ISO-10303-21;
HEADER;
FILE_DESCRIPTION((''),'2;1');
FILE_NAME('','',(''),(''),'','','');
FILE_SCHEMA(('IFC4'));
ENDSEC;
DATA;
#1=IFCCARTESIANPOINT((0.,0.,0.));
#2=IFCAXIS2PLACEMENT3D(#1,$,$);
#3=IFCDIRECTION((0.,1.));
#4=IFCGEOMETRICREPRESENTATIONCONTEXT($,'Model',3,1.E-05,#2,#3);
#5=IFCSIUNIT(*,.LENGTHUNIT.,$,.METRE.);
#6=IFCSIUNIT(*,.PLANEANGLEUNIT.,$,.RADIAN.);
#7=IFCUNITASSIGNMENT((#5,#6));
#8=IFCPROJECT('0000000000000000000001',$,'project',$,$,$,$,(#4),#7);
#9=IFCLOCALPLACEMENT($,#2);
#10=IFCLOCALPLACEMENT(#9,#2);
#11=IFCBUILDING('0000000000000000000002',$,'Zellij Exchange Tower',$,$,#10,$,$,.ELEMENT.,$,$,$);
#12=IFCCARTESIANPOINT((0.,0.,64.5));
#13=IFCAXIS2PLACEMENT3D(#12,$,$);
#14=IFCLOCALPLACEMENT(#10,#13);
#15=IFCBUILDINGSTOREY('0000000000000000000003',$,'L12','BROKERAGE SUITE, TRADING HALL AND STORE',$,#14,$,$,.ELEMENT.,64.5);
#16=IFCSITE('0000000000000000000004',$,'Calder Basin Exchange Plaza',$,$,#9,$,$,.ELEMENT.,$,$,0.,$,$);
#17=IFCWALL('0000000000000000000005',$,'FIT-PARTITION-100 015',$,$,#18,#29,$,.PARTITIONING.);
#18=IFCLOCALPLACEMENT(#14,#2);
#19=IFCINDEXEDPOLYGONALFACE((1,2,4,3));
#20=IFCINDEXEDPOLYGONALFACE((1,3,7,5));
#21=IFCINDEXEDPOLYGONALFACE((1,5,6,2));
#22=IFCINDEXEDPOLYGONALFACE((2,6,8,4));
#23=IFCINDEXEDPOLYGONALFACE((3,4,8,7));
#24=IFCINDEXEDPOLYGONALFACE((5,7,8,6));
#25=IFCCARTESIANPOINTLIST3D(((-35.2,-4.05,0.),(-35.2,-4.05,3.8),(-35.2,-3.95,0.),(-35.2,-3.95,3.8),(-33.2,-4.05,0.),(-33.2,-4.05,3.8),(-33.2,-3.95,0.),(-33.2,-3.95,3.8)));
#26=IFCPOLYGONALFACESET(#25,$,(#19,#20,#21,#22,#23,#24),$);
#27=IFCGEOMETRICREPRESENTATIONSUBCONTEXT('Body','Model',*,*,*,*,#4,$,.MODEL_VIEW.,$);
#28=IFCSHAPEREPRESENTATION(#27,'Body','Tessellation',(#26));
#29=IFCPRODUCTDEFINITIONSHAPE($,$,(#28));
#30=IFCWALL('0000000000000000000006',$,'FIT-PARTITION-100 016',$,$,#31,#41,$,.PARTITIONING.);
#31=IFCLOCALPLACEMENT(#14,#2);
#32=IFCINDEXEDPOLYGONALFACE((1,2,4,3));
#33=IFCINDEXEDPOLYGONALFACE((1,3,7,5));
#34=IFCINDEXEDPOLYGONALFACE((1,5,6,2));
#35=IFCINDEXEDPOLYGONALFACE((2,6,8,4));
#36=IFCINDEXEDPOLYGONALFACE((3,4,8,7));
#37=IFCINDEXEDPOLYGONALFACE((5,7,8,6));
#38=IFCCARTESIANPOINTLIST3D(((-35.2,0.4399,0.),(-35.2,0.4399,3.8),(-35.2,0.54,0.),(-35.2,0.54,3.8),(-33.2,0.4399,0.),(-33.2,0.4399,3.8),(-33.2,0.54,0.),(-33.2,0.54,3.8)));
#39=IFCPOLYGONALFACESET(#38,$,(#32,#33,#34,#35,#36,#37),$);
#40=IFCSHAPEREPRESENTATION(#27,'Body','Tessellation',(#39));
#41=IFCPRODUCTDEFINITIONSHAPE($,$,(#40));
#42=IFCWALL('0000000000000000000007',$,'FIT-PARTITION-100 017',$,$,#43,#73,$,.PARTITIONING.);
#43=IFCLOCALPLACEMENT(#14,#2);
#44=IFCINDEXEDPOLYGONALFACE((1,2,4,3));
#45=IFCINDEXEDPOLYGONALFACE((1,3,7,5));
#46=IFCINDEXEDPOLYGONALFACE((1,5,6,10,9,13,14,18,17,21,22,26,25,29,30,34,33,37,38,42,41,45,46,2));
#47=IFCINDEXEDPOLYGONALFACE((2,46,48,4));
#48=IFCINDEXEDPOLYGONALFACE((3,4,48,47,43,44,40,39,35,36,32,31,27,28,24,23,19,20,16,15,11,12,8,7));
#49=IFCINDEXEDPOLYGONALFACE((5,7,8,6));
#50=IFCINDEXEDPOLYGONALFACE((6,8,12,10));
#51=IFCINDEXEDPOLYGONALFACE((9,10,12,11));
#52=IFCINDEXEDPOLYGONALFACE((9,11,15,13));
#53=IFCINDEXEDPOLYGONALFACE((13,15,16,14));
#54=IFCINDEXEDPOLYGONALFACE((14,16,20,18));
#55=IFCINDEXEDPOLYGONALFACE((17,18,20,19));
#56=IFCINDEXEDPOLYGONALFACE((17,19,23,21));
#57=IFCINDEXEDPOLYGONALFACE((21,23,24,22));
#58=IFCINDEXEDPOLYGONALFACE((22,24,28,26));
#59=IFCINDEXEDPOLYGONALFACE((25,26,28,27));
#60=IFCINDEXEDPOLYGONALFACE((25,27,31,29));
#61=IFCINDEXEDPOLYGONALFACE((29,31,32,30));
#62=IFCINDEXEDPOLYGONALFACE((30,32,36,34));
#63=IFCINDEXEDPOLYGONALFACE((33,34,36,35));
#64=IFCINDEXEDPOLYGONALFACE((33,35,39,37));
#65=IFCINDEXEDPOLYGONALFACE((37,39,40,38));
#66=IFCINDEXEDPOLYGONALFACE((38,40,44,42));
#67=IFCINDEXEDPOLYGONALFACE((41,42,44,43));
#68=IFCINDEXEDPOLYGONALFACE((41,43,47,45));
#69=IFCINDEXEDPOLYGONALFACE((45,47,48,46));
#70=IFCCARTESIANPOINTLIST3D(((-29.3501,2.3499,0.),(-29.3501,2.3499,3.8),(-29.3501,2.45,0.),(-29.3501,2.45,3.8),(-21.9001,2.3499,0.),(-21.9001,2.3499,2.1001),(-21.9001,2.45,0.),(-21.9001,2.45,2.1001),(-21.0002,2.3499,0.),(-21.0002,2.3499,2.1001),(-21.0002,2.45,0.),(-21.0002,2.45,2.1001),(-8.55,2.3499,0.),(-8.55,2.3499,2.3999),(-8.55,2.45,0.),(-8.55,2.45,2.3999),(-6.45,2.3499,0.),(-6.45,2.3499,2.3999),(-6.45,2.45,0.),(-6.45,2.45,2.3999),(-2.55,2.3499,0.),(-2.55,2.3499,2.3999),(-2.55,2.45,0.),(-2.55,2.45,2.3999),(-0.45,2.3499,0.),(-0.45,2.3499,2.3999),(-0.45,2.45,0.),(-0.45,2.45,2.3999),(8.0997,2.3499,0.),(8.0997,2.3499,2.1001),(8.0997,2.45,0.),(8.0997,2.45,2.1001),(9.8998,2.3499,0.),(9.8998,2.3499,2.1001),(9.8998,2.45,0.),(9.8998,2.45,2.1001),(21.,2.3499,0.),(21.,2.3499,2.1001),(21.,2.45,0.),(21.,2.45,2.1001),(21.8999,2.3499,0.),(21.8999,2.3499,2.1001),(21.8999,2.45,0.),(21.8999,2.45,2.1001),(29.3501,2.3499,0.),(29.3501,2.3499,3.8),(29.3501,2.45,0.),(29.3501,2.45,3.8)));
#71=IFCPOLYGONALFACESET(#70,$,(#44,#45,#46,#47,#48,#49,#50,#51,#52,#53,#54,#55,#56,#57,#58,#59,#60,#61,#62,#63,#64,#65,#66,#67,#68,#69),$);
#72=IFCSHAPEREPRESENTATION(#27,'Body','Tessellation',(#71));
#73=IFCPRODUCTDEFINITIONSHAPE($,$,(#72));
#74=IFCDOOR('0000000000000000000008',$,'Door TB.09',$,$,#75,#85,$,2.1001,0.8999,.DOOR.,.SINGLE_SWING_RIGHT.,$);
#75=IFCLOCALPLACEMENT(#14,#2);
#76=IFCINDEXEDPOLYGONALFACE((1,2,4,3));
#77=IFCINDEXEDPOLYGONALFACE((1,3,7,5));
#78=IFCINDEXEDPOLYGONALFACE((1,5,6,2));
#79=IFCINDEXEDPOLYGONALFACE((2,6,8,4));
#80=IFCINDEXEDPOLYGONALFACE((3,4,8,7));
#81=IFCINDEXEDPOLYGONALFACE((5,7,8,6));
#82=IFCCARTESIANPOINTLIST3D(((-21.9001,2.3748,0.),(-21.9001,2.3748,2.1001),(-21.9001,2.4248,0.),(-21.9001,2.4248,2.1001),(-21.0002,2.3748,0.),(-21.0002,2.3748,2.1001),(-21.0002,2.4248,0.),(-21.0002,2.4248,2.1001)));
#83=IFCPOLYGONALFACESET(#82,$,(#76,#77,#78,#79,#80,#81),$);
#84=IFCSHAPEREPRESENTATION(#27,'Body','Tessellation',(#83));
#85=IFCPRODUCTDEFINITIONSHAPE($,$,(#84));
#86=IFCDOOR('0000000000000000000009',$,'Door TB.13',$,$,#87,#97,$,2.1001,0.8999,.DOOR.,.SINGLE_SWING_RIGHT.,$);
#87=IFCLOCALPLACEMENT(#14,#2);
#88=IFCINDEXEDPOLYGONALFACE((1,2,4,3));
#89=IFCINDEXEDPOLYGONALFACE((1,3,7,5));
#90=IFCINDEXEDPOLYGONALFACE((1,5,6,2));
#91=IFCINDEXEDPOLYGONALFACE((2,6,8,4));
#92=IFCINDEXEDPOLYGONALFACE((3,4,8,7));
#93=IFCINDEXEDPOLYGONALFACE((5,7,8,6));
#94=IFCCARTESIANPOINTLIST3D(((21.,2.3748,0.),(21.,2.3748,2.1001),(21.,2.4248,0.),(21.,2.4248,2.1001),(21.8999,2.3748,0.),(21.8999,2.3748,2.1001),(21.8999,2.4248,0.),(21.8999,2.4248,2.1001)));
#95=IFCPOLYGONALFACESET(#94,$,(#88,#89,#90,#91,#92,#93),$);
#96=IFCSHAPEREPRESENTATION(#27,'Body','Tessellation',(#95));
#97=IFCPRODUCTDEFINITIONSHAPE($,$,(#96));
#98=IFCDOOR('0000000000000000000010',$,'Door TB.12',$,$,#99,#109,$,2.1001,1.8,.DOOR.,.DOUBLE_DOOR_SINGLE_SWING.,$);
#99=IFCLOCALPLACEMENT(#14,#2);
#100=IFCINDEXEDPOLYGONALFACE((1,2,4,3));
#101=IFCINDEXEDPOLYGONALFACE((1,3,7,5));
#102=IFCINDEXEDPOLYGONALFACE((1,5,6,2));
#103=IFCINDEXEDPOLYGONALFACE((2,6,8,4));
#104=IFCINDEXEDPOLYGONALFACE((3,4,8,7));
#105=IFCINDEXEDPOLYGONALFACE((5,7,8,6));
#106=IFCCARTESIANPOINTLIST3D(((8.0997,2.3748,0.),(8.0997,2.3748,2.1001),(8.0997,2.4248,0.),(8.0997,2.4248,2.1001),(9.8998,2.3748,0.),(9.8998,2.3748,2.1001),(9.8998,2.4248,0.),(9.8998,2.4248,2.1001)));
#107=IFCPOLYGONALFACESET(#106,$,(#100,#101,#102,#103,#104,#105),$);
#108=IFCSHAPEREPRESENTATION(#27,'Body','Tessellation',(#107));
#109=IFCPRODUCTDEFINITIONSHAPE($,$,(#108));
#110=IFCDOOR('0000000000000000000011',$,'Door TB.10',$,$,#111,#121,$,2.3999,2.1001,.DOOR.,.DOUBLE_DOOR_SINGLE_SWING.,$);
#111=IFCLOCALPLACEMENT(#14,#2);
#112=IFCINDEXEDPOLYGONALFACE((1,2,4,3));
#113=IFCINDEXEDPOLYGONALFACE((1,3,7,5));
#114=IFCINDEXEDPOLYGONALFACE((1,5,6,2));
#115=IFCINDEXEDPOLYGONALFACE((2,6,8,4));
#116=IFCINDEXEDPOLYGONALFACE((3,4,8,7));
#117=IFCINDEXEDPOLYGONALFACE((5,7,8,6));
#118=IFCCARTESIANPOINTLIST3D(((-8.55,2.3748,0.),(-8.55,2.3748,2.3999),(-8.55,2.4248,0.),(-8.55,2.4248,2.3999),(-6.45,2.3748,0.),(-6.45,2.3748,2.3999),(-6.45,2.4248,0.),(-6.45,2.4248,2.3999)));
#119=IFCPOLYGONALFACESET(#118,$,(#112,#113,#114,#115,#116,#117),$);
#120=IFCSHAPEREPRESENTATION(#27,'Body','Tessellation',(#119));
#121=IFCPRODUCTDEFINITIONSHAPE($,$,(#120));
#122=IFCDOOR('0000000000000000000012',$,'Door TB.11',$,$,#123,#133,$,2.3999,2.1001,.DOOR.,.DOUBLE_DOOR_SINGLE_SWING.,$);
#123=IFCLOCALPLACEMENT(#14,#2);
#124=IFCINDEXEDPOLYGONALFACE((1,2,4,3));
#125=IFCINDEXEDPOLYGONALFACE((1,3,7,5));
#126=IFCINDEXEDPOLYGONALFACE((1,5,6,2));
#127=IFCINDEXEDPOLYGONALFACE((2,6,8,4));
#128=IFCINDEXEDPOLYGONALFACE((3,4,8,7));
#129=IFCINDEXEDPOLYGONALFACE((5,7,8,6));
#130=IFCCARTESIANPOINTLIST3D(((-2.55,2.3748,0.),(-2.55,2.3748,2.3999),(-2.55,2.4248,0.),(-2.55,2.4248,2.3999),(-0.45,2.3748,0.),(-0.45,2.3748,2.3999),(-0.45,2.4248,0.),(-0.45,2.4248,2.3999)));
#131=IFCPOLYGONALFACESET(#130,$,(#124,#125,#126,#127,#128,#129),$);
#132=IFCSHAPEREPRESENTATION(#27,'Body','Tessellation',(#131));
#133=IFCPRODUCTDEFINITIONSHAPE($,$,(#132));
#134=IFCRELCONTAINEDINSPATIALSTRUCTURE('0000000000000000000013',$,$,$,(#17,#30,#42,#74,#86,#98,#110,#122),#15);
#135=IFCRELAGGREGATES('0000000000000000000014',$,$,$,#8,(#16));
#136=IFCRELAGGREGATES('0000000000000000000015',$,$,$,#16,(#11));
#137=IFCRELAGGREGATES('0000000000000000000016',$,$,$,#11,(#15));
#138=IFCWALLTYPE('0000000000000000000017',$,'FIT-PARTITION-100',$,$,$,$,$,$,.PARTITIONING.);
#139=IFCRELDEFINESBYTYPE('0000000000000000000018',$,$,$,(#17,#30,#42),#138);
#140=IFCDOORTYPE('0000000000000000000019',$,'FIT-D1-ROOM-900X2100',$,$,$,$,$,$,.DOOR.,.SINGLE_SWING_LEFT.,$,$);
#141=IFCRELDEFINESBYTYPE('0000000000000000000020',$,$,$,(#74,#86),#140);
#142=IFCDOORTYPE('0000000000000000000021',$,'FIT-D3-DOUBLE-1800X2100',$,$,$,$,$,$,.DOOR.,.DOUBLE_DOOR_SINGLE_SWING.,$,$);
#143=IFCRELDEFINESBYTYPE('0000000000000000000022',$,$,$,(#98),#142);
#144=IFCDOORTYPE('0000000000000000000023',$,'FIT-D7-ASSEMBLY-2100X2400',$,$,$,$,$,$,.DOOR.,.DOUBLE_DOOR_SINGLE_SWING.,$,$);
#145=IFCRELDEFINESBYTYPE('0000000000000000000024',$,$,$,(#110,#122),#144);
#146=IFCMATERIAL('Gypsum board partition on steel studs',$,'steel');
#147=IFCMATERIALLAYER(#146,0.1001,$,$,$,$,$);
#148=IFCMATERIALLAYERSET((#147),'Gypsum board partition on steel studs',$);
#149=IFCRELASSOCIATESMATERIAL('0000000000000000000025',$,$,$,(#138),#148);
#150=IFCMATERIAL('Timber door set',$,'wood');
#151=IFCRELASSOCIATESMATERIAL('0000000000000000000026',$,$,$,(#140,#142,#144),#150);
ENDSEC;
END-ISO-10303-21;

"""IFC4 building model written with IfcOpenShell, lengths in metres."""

from ifc_helpers import new_model, si_unit, direction, frame, frame_2d, origin, place, context, subcontext, project, spatial, rectangle, extrude, material, layer, layer_set, type_object, element, fill, save


model = new_model("IFC4")

# Units and contexts
model_context = context("Model", 3, precision=1e-05, world=origin(), true_north=direction((0.0, 1.0)))
body_context = subcontext(model_context, "Body", "Model", "MODEL_VIEW")
ifc_project = project(units=[si_unit("LENGTHUNIT", "METRE"), si_unit("PLANEANGLEUNIT", "RADIAN")], contexts=[model_context])

# Site, building, storey
site_placement = place(None, origin())
site = spatial("IfcSite", under=ifc_project, at=site_placement, Name="Calder Basin Exchange Plaza", CompositionType="ELEMENT", RefElevation=0.0)
building_placement = place(site_placement, origin())
building = spatial("IfcBuilding", under=site, at=building_placement, Name="Zellij Exchange Tower", CompositionType="ELEMENT")
storey_placement = place(building_placement, frame((0.0, 0.0, 64.5)))
storey = spatial("IfcBuildingStorey", under=building, at=storey_placement, Name="L12", Description="BROKERAGE SUITE, TRADING HALL AND STORE", CompositionType="ELEMENT", Elevation=64.5)

# Walls
ifc_material_1 = material(Name="Gypsum board partition on steel studs", Category="steel")
ifc_layer_1 = layer(ifc_material_1, 0.1001)
ifc_layer_set_1 = layer_set([ifc_layer_1], Name="Gypsum board partition on steel studs")
wall_type_1 = type_object("IfcWallType", Name="FIT-PARTITION-100", PredefinedType="PARTITIONING", material=ifc_layer_set_1)
for number, where, z_axis, x_axis, name in (
    (1, (-35.2, -4.0, 0.0), (0.0, 0.0, 1.0), (1.0, 0.0, 0.0), "FIT-PARTITION-100 015"),
    (2, (-35.2, 0.49, 0.0), (0.0, 0.0, 1.0), (1.0, 0.0, 0.0), "FIT-PARTITION-100 016"),
):
    element("IfcWall", number, at=place(storey_placement, frame(where, z_axis=z_axis, x_axis=x_axis)), inside=storey, type_object=wall_type_1, Name=name, PredefinedType="PARTITIONING", context=body_context, shape_type="SweptSolid", body=[
        extrude(rectangle(XDim=2.0, YDim=0.1001, at=frame_2d((1.0, 0.0))), origin(), (0.0, 0.0, 1.0), 3.8),
    ])

# Wall, openings, doors
wall_1_placement = place(storey_placement, frame((-29.3501, 2.3999, 0.0), z_axis=(0.0, 0.0, 1.0), x_axis=(1.0, 0.0, 0.0)))
wall_1 = element("IfcWall", 3, at=wall_1_placement, inside=storey, type_object=wall_type_1, Name="FIT-PARTITION-100 017", PredefinedType="PARTITIONING", context=body_context, shape_type="SweptSolid", body=[
    extrude(rectangle(XDim=58.7002, YDim=0.1001, at=frame_2d((29.3501, 0.0))), origin(), (0.0, 0.0, 1.0), 3.8),
])
opening_1_placement = place(wall_1_placement, frame((7.45, 0.0, 0.0)))
opening_1 = element("IfcOpeningElement", 4, at=opening_1_placement, cuts=wall_1, PredefinedType="OPENING", context=body_context, shape_type="SweptSolid", body=[
    extrude(rectangle(XDim=0.8999, YDim=2.1001, at=frame_2d((0.45, 1.05))), frame((0.0, 0.062, 0.0), z_axis=(0.0, -1.0, 0.0), x_axis=(1.0, 0.0, 0.0)), (0.0, 0.0, 1.0), 0.124),
])
opening_2_placement = place(wall_1_placement, frame((20.8, 0.0, 0.0)))
opening_2 = element("IfcOpeningElement", 5, at=opening_2_placement, cuts=wall_1, PredefinedType="OPENING", context=body_context, shape_type="SweptSolid", body=[
    extrude(rectangle(XDim=2.1001, YDim=2.3999, at=frame_2d((1.05, 1.2))), frame((0.0, 0.062, 0.0), z_axis=(0.0, -1.0, 0.0), x_axis=(1.0, 0.0, 0.0)), (0.0, 0.0, 1.0), 0.124),
])
opening_3_placement = place(wall_1_placement, frame((26.8, 0.0, 0.0)))
opening_3 = element("IfcOpeningElement", 6, at=opening_3_placement, cuts=wall_1, PredefinedType="OPENING", context=body_context, shape_type="SweptSolid", body=[
    extrude(rectangle(XDim=2.1001, YDim=2.3999, at=frame_2d((1.05, 1.2))), frame((0.0, 0.062, 0.0), z_axis=(0.0, -1.0, 0.0), x_axis=(1.0, 0.0, 0.0)), (0.0, 0.0, 1.0), 0.124),
])
opening_4_placement = place(wall_1_placement, frame((37.45, 0.0, 0.0)))
opening_4 = element("IfcOpeningElement", 7, at=opening_4_placement, cuts=wall_1, PredefinedType="OPENING", context=body_context, shape_type="SweptSolid", body=[
    extrude(rectangle(XDim=1.8, YDim=2.1001, at=frame_2d((0.8999, 1.05))), frame((0.0, 0.062, 0.0), z_axis=(0.0, -1.0, 0.0), x_axis=(1.0, 0.0, 0.0)), (0.0, 0.0, 1.0), 0.124),
])
opening_5_placement = place(wall_1_placement, frame((50.3501, 0.0, 0.0)))
opening_5 = element("IfcOpeningElement", 8, at=opening_5_placement, cuts=wall_1, PredefinedType="OPENING", context=body_context, shape_type="SweptSolid", body=[
    extrude(rectangle(XDim=0.8999, YDim=2.1001, at=frame_2d((0.45, 1.05))), frame((0.0, 0.062, 0.0), z_axis=(0.0, -1.0, 0.0), x_axis=(1.0, 0.0, 0.0)), (0.0, 0.0, 1.0), 0.124),
])
ifc_material_2 = material(Name="Timber door set", Category="wood")
door_type_1 = type_object("IfcDoorType", Name="FIT-D1-ROOM-900X2100", OperationType="SINGLE_SWING_LEFT", PredefinedType="DOOR", material=ifc_material_2)
door_1_placement = place(opening_1_placement, origin())
door_1 = element("IfcDoor", 9, at=door_1_placement, inside=storey, type_object=door_type_1, Name="Door TB.09", OperationType="SINGLE_SWING_RIGHT", OverallHeight=2.1001, OverallWidth=0.8999, PredefinedType="DOOR", context=body_context, shape_type="SweptSolid", body=[
    extrude(rectangle(XDim=0.8999, YDim=2.1001, at=frame_2d((0.45, 1.05))), frame((0.0, 0.0249, 0.0), z_axis=(0.0, -1.0, 0.0), x_axis=(1.0, 0.0, 0.0)), (0.0, 0.0, 1.0), 0.05),
])
fill(opening_1, door_1)
door_2_placement = place(opening_5_placement, origin())
door_2 = element("IfcDoor", 10, at=door_2_placement, inside=storey, type_object=door_type_1, Name="Door TB.13", OperationType="SINGLE_SWING_RIGHT", OverallHeight=2.1001, OverallWidth=0.8999, PredefinedType="DOOR", context=body_context, shape_type="SweptSolid", body=[
    extrude(rectangle(XDim=0.8999, YDim=2.1001, at=frame_2d((0.45, 1.05))), frame((0.0, 0.0249, 0.0), z_axis=(0.0, -1.0, 0.0), x_axis=(1.0, 0.0, 0.0)), (0.0, 0.0, 1.0), 0.05),
])
fill(opening_5, door_2)
door_type_2 = type_object("IfcDoorType", Name="FIT-D3-DOUBLE-1800X2100", OperationType="DOUBLE_DOOR_SINGLE_SWING", PredefinedType="DOOR", material=ifc_material_2)
door_3_placement = place(opening_4_placement, origin())
door_3 = element("IfcDoor", 11, at=door_3_placement, inside=storey, type_object=door_type_2, Name="Door TB.12", OperationType="DOUBLE_DOOR_SINGLE_SWING", OverallHeight=2.1001, OverallWidth=1.8, PredefinedType="DOOR", context=body_context, shape_type="SweptSolid", body=[
    extrude(rectangle(XDim=1.8, YDim=2.1001, at=frame_2d((0.8999, 1.05))), frame((0.0, 0.0249, 0.0), z_axis=(0.0, -1.0, 0.0), x_axis=(1.0, 0.0, 0.0)), (0.0, 0.0, 1.0), 0.05),
])
fill(opening_4, door_3)
door_type_3 = type_object("IfcDoorType", Name="FIT-D7-ASSEMBLY-2100X2400", OperationType="DOUBLE_DOOR_SINGLE_SWING", PredefinedType="DOOR", material=ifc_material_2)
door_4_placement = place(opening_2_placement, origin())
door_4 = element("IfcDoor", 12, at=door_4_placement, inside=storey, type_object=door_type_3, Name="Door TB.10", OperationType="DOUBLE_DOOR_SINGLE_SWING", OverallHeight=2.3999, OverallWidth=2.1001, PredefinedType="DOOR", context=body_context, shape_type="SweptSolid", body=[
    extrude(rectangle(XDim=2.1001, YDim=2.3999, at=frame_2d((1.05, 1.2))), frame((0.0, 0.0249, 0.0), z_axis=(0.0, -1.0, 0.0), x_axis=(1.0, 0.0, 0.0)), (0.0, 0.0, 1.0), 0.05),
])
fill(opening_2, door_4)
door_5_placement = place(opening_3_placement, origin())
door_5 = element("IfcDoor", 13, at=door_5_placement, inside=storey, type_object=door_type_3, Name="Door TB.11", OperationType="DOUBLE_DOOR_SINGLE_SWING", OverallHeight=2.3999, OverallWidth=2.1001, PredefinedType="DOOR", context=body_context, shape_type="SweptSolid", body=[
    extrude(rectangle(XDim=2.1001, YDim=2.3999, at=frame_2d((1.05, 1.2))), frame((0.0, 0.0249, 0.0), z_axis=(0.0, -1.0, 0.0), x_axis=(1.0, 0.0, 0.0)), (0.0, 0.0, 1.0), 0.05),
])
fill(opening_3, door_5)

save(model, "model.ifc")
